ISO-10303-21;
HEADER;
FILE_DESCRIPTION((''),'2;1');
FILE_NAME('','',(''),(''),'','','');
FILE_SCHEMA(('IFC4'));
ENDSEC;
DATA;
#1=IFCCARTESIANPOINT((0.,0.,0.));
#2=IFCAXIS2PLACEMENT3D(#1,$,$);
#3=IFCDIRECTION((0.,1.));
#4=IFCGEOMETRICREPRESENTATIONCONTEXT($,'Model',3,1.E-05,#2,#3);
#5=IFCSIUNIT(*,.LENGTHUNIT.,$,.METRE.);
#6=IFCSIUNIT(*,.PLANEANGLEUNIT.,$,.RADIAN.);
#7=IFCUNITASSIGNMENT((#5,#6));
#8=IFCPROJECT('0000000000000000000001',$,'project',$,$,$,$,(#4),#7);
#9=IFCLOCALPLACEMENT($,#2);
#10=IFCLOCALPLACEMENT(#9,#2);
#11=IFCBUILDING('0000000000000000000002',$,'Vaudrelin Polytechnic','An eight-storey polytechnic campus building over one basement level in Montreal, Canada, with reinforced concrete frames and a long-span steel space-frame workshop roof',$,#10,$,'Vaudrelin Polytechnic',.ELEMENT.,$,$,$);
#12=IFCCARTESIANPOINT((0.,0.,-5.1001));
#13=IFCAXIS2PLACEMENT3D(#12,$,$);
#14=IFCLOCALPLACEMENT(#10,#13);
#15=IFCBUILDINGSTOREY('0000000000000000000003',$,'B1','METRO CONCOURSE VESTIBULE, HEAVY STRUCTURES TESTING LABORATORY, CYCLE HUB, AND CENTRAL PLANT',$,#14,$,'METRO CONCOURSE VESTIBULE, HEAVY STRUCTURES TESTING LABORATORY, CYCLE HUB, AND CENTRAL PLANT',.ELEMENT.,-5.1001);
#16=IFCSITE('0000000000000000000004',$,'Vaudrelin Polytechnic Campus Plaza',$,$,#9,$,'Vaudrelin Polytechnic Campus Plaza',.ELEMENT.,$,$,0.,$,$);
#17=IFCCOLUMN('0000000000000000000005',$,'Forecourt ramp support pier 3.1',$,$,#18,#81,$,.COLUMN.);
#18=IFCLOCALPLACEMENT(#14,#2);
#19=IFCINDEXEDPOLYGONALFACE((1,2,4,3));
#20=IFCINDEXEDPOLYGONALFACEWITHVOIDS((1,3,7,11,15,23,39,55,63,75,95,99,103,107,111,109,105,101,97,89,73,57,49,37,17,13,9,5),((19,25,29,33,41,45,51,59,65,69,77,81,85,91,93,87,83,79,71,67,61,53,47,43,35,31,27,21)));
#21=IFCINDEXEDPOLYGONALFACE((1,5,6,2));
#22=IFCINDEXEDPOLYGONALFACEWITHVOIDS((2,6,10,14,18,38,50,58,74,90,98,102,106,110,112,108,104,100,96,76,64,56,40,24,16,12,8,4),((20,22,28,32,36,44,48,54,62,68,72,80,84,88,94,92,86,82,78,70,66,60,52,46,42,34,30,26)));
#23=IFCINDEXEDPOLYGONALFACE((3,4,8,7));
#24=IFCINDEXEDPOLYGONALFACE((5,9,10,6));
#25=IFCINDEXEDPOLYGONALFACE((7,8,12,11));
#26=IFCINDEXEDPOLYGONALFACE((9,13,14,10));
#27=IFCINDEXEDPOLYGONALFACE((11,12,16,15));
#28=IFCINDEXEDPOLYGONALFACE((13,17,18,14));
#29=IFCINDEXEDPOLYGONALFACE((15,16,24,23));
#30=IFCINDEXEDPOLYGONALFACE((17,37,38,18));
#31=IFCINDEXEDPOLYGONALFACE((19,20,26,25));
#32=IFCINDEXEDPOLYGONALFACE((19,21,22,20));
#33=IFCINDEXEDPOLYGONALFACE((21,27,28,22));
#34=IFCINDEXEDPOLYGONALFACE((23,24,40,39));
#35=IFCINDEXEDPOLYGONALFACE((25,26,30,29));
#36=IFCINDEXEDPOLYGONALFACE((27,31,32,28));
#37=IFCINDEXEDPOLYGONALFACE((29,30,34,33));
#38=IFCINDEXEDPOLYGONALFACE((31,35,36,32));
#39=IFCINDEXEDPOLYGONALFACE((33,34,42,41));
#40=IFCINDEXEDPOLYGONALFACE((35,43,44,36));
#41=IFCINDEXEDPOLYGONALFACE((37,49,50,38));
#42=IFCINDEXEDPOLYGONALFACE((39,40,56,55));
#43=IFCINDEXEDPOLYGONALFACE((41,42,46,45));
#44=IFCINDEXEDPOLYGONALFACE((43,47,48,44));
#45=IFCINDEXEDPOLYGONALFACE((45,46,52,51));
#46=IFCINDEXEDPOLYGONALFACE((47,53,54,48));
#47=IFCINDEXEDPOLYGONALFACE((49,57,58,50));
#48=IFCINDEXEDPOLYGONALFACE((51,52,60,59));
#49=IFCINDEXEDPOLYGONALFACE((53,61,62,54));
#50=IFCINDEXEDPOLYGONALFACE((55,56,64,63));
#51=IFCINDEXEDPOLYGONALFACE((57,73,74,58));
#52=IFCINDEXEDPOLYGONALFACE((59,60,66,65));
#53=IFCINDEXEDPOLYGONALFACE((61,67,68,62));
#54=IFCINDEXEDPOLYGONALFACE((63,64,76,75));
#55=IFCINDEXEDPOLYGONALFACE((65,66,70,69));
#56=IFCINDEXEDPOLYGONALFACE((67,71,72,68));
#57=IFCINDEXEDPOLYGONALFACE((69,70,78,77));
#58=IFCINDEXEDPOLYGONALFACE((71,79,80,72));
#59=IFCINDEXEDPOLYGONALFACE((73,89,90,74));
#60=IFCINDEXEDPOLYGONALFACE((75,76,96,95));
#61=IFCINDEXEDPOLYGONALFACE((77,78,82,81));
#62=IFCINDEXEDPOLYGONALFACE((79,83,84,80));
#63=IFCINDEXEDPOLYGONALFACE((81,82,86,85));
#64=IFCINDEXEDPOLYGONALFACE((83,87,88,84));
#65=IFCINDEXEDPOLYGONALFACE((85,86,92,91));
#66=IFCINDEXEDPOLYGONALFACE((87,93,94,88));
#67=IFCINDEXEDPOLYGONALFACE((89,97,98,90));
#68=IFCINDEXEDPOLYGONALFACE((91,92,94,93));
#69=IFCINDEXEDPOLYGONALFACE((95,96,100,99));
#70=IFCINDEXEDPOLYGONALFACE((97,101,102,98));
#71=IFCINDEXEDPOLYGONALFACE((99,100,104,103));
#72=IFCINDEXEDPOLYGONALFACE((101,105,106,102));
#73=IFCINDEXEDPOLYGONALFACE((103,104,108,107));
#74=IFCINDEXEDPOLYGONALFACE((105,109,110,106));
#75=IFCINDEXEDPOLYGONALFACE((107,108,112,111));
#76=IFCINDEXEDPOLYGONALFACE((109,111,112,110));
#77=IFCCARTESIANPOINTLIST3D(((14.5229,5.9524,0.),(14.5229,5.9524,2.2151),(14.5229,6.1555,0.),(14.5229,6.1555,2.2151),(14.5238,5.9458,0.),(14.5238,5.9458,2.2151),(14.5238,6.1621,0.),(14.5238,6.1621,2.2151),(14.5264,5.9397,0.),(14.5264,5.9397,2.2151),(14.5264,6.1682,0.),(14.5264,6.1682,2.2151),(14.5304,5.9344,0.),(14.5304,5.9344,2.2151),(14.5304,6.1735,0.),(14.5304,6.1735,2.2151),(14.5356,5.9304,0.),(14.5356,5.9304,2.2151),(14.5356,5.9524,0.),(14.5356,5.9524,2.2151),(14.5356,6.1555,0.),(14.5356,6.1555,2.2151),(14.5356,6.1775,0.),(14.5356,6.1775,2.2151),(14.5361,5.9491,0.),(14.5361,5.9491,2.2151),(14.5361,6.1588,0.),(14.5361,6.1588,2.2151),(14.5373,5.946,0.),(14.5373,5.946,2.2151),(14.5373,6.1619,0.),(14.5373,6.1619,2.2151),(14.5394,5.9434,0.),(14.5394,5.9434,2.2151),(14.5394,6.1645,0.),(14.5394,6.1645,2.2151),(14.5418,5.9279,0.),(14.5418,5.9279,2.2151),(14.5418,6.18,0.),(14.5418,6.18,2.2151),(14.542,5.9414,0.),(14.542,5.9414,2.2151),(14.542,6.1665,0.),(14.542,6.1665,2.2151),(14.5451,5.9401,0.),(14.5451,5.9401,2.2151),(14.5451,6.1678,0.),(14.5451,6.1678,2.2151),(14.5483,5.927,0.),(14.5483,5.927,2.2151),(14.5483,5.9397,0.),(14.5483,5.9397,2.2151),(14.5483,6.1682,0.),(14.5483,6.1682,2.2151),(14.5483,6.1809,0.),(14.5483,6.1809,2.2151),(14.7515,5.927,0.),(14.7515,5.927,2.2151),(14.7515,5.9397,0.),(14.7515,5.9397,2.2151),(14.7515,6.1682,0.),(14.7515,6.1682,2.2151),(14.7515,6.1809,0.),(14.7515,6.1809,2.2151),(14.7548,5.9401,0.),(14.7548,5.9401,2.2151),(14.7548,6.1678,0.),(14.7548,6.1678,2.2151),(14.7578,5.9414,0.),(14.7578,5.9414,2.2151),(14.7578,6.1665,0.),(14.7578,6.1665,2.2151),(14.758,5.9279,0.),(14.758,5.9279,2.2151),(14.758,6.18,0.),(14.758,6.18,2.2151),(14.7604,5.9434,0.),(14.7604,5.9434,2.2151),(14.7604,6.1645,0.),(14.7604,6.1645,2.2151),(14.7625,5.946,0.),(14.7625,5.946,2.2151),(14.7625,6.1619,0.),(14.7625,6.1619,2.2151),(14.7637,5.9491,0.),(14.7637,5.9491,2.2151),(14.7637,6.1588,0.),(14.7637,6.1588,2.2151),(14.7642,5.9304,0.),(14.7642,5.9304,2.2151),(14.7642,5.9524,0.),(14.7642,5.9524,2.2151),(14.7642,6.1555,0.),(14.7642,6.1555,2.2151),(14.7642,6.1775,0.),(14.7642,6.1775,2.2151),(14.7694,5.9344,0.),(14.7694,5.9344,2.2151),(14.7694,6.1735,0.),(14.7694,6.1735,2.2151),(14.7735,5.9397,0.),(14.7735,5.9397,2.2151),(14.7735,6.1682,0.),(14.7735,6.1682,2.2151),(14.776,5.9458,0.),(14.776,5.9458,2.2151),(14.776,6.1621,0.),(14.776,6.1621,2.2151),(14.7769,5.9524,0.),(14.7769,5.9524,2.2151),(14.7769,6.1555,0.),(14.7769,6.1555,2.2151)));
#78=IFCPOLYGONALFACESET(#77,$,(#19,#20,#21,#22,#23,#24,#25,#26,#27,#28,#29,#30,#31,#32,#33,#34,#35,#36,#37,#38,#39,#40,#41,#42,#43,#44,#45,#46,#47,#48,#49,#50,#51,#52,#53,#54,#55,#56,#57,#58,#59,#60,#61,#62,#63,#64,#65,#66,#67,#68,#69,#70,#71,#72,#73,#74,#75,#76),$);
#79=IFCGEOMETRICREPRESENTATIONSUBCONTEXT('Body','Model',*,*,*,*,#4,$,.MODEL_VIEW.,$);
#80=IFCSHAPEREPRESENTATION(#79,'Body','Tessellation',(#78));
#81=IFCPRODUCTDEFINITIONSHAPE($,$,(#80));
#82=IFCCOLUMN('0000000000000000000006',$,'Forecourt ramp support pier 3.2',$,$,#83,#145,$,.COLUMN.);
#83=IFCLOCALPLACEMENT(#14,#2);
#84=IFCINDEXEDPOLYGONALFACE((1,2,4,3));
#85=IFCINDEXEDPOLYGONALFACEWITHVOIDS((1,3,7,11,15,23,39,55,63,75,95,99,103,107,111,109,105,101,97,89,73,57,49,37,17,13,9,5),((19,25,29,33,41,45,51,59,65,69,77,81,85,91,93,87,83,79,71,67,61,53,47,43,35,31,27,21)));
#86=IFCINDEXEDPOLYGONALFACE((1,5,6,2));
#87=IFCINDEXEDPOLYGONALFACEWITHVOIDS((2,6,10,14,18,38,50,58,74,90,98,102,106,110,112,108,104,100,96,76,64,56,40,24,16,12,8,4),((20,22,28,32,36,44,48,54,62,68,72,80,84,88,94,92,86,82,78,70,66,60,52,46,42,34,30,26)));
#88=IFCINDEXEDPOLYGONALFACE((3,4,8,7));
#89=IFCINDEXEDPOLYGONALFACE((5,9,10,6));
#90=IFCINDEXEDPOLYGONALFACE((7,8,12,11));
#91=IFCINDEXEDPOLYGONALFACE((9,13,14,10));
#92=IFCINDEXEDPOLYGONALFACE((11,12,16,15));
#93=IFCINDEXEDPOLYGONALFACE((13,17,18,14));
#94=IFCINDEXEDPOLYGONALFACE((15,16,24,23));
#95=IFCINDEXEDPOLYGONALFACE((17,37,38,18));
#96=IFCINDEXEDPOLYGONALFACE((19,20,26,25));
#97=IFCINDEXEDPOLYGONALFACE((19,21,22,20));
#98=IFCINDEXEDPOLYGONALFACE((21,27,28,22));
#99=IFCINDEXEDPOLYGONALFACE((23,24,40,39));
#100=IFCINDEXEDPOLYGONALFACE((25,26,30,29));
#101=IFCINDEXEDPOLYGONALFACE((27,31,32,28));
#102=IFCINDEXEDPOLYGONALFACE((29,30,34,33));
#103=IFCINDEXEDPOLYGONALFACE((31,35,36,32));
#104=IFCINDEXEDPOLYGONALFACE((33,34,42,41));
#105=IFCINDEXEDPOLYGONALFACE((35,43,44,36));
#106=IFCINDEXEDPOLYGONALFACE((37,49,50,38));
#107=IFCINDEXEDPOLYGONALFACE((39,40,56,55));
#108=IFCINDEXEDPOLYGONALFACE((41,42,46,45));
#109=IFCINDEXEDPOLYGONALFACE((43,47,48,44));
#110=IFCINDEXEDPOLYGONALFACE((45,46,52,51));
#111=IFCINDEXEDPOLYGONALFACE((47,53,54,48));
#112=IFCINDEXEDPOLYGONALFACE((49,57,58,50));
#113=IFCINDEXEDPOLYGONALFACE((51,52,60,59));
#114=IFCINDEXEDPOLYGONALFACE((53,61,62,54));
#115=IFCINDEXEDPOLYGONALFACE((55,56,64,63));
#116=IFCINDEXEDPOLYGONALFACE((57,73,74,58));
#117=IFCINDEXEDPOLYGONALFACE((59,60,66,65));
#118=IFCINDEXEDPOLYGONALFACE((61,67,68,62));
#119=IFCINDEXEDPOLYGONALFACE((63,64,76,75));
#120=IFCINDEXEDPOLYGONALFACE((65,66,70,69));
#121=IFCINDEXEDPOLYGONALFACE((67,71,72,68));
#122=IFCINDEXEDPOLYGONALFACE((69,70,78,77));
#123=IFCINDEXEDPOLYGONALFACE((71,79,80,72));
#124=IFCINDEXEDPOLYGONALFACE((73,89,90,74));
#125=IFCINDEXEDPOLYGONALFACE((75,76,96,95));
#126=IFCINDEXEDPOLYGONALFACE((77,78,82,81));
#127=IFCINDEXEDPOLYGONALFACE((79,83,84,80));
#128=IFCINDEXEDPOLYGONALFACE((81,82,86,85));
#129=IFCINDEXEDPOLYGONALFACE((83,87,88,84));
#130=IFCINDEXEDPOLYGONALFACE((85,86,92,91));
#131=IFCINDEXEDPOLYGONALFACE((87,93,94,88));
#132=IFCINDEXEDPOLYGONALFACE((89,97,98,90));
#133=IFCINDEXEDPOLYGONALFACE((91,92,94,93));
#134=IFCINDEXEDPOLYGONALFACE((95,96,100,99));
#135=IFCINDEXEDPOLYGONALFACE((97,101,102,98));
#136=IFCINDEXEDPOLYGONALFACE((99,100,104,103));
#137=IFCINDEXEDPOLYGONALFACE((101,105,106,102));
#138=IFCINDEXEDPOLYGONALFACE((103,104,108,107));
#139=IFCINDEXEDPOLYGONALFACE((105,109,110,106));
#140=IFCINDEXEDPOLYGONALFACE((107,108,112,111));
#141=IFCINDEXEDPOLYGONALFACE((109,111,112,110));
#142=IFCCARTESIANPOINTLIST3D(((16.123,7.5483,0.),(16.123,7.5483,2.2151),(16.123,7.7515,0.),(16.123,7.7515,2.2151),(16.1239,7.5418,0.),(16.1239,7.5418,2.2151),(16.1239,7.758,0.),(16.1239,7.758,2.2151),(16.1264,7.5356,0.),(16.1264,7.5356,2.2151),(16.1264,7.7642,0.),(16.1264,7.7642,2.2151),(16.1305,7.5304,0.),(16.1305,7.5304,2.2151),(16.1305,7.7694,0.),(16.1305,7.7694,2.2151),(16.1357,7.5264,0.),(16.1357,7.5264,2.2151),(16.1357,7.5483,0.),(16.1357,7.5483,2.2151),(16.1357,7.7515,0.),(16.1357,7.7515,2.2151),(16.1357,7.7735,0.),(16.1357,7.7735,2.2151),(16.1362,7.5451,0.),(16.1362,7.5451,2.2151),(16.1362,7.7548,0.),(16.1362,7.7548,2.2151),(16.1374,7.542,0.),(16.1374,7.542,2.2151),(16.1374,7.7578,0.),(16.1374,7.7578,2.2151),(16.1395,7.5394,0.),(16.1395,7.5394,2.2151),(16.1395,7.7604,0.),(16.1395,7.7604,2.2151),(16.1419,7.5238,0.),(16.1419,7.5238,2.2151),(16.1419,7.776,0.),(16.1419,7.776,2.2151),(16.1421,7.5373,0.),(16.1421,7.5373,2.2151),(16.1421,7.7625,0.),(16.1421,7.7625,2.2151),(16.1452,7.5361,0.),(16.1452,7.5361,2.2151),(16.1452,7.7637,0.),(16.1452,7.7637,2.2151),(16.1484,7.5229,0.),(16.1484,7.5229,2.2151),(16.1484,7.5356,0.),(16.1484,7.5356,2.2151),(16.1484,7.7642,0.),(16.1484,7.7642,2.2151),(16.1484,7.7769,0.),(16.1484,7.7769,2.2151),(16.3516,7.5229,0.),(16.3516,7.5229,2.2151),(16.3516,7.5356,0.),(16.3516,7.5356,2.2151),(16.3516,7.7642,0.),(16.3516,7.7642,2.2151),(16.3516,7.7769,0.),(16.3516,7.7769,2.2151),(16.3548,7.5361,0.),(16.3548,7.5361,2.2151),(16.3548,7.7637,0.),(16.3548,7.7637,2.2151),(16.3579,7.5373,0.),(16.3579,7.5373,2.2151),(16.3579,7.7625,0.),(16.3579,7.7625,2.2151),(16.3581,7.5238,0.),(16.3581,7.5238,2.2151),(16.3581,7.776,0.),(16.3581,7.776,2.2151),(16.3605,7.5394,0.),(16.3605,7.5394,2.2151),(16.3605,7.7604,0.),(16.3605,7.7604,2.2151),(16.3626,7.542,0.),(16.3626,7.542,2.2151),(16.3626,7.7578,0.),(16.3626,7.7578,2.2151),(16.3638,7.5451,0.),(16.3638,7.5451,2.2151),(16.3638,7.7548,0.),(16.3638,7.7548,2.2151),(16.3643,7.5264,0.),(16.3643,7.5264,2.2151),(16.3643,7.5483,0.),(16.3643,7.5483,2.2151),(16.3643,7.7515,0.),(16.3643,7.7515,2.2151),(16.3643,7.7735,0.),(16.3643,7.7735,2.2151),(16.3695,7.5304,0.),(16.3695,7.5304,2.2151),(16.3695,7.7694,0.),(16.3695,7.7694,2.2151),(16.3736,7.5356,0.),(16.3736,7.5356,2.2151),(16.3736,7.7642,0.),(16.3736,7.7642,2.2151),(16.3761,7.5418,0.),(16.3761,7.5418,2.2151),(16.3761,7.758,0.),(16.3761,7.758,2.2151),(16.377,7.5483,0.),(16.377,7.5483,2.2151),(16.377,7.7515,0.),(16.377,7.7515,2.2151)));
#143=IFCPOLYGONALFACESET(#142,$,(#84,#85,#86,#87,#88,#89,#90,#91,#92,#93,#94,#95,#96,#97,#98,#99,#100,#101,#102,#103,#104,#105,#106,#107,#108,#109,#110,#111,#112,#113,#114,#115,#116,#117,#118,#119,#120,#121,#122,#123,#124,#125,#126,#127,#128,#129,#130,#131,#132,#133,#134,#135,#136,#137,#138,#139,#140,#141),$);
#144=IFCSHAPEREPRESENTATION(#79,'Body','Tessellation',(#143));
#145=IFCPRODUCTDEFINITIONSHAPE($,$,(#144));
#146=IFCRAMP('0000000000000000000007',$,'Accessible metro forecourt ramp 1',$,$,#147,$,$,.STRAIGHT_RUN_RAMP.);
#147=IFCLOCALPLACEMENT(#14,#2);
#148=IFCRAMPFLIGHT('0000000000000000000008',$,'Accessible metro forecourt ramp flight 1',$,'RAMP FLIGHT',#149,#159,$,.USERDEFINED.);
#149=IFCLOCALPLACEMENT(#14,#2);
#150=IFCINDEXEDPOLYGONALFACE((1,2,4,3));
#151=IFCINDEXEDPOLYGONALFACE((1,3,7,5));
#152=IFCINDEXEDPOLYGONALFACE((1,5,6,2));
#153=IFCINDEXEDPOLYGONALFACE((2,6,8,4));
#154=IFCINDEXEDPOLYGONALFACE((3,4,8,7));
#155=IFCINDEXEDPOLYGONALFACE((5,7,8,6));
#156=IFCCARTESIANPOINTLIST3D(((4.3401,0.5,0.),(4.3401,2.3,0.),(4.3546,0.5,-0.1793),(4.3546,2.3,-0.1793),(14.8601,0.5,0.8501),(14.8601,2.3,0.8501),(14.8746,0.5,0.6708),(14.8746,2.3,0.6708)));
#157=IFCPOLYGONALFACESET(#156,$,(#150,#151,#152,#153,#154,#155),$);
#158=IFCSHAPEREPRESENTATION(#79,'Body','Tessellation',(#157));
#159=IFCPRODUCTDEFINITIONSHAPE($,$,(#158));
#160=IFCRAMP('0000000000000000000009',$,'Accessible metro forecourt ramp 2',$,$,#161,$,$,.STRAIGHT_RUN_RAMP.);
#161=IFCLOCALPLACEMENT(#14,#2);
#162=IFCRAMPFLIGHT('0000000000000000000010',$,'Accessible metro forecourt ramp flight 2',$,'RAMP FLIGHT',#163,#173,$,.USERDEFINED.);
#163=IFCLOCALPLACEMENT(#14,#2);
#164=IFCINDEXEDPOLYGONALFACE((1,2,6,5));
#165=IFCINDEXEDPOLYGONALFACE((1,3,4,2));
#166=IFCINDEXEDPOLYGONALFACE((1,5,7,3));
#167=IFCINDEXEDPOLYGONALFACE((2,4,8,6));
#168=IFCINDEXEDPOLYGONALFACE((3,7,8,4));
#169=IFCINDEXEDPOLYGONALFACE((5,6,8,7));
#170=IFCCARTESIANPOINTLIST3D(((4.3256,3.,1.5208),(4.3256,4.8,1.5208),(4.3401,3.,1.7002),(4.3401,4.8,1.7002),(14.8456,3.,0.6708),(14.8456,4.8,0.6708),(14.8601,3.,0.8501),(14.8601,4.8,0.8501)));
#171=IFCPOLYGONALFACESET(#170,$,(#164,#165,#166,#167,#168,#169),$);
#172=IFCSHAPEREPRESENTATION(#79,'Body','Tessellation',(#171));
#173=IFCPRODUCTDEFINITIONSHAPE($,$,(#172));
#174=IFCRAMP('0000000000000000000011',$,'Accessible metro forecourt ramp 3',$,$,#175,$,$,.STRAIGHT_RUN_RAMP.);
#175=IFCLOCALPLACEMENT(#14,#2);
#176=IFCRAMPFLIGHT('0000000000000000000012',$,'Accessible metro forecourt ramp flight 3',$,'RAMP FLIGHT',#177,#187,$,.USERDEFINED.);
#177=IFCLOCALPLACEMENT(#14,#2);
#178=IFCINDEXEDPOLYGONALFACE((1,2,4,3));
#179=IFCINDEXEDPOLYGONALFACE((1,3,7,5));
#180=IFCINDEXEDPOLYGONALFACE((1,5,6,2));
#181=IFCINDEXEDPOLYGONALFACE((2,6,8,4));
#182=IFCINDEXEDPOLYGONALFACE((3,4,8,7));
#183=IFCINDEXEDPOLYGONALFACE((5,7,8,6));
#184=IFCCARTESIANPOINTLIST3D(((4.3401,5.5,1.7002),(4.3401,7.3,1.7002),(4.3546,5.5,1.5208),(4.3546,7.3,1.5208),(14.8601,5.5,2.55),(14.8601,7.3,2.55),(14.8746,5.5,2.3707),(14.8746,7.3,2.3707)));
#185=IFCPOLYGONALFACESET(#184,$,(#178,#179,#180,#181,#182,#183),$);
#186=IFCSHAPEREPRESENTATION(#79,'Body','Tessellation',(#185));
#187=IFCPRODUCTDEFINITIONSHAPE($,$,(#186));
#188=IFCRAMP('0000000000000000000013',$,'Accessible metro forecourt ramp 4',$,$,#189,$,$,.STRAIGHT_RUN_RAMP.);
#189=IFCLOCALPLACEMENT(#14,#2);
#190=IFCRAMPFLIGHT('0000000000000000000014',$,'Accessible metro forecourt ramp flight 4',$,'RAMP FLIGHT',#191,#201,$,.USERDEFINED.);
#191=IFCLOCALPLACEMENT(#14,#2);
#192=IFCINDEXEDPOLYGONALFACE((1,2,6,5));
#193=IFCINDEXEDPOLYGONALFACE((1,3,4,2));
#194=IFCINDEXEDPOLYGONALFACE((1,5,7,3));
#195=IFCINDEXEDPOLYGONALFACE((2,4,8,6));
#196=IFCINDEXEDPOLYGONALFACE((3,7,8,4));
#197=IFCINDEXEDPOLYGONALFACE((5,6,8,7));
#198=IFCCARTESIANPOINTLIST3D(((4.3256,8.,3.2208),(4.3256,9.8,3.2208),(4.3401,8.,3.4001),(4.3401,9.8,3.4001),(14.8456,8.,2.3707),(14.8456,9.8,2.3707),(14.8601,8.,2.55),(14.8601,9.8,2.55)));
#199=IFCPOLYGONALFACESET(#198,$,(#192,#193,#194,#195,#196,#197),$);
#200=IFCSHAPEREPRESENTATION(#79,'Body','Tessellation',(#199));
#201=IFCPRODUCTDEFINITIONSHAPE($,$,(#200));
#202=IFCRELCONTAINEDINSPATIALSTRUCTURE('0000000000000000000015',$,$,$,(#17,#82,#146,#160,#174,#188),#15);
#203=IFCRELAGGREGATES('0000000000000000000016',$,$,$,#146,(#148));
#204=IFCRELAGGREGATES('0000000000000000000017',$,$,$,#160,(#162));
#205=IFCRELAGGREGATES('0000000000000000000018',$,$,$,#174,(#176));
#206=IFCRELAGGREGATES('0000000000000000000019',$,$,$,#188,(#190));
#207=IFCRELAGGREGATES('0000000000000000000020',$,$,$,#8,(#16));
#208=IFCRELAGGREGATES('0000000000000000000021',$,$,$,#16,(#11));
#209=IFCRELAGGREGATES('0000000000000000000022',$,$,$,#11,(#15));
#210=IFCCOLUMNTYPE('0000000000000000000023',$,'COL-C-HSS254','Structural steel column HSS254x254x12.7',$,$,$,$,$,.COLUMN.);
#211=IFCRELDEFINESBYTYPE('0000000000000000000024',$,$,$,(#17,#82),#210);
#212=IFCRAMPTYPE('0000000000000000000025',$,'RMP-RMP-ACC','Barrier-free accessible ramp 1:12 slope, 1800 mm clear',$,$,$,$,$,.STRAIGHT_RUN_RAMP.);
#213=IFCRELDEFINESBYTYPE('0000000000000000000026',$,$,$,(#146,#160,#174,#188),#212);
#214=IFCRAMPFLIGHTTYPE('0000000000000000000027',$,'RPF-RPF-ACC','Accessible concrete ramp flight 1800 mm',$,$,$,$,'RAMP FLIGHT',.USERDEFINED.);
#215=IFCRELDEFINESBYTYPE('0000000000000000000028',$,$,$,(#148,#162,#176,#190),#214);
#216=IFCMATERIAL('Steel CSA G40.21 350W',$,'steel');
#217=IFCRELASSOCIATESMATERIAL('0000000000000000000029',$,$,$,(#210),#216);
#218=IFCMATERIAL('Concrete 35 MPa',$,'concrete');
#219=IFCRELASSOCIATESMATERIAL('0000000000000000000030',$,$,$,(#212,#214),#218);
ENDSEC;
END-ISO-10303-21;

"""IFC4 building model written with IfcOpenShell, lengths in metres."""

from ifc_helpers import new_model, si_unit, direction, frame, origin, origin_2d, place, context, subcontext, project, spatial, polyline, hollow_rectangle, outline, extrude, material, material_profile, profile_set, type_object, element, aggregate, save


model = new_model("IFC4")

# Units and contexts
model_context = context("Model", 3, precision=1e-05, world=origin(), true_north=direction((0.0, 1.0)))
body_context = subcontext(model_context, "Body", "Model", "MODEL_VIEW")
ifc_project = project(units=[si_unit("LENGTHUNIT", "METRE"), si_unit("PLANEANGLEUNIT", "RADIAN")], contexts=[model_context])

# Site, building, storey
site_placement = place(None, origin())
site = spatial("IfcSite", under=ifc_project, at=site_placement, Name="Vaudrelin Polytechnic Campus Plaza", LongName="Vaudrelin Polytechnic Campus Plaza", CompositionType="ELEMENT", RefElevation=0.0)
building_placement = place(site_placement, origin())
building = spatial("IfcBuilding", under=site, at=building_placement, Name="Vaudrelin Polytechnic", Description="An eight-storey polytechnic campus building over one basement level in Montreal, Canada, with reinforced concrete frames and a long-span steel space-frame workshop roof", LongName="Vaudrelin Polytechnic", CompositionType="ELEMENT")
storey_placement = place(building_placement, frame((0.0, 0.0, -5.1001)))
storey = spatial("IfcBuildingStorey", under=building, at=storey_placement, Name="B1", Description="METRO CONCOURSE VESTIBULE, HEAVY STRUCTURES TESTING LABORATORY, CYCLE HUB, AND CENTRAL PLANT", LongName="METRO CONCOURSE VESTIBULE, HEAVY STRUCTURES TESTING LABORATORY, CYCLE HUB, AND CENTRAL PLANT", CompositionType="ELEMENT", Elevation=-5.1001)

# Columns
ifc_material_1 = material(Name="Steel CSA G40.21 350W", Category="steel")
ifc_material_profile = material_profile(ifc_material_1, hollow_rectangle(XDim=0.2539, YDim=0.2539, WallThickness=0.0127, InnerFilletRadius=0.0127, OuterFilletRadius=0.0254, at=origin_2d()), Name="HSS254x254x12.7")
ifc_profile_set = profile_set([ifc_material_profile], Name="Steel CSA G40.21 350W")
column_type = type_object("IfcColumnType", Name="COL-C-HSS254", Description="Structural steel column HSS254x254x12.7", PredefinedType="COLUMN", material=ifc_profile_set)
for number, where, z_axis, x_axis, name in (
    (1, (14.6499, 6.054, 0.0), (0.0, 0.0, 1.0), (1.0, 0.0, 0.0), "Forecourt ramp support pier 3.1"),
    (2, (16.25, 7.6499, 0.0), (0.0, 0.0, 1.0), (1.0, 0.0, 0.0), "Forecourt ramp support pier 3.2"),
):
    element("IfcColumn", number, at=place(storey_placement, frame(where, z_axis=z_axis, x_axis=x_axis)), inside=storey, type_object=column_type, Name=name, PredefinedType="COLUMN", context=body_context, shape_type="SweptSolid", body=[
        extrude(hollow_rectangle(XDim=0.2539, YDim=0.2539, WallThickness=0.0127, InnerFilletRadius=0.0127, OuterFilletRadius=0.0254, at=origin_2d()), origin(), (0.0, 0.0, 1.0), 2.2151),
    ])

# Ramps, ramp flights
ifc_material_2 = material(Name="Concrete 35 MPa", Category="concrete")
ramp_type = type_object("IfcRampType", Name="RMP-RMP-ACC", Description="Barrier-free accessible ramp 1:12 slope, 1800 mm clear", PredefinedType="STRAIGHT_RUN_RAMP", material=ifc_material_2)
ramp_1_placement = place(storey_placement, origin())
ramp_1 = element("IfcRamp", 3, at=ramp_1_placement, inside=storey, type_object=ramp_type, Name="Accessible metro forecourt ramp 1", PredefinedType="STRAIGHT_RUN_RAMP")
ramp_flight_type = type_object("IfcRampFlightType", Name="RPF-RPF-ACC", Description="Accessible concrete ramp flight 1800 mm", ElementType="RAMP FLIGHT", PredefinedType="USERDEFINED", material=ifc_material_2)
ramp_flight_1_placement = place(storey_placement, frame((4.3401, 0.5, 0.0), z_axis=(-0.080545, 0.0, 0.996751), x_axis=(0.996751, 0.0, 0.080545)))
ramp_flight_1 = element("IfcRampFlight", 4, at=ramp_flight_1_placement, type_object=ramp_flight_type, Name="Accessible metro forecourt ramp flight 1", ObjectType="RAMP FLIGHT", PredefinedType="USERDEFINED", context=body_context, shape_type="SweptSolid", body=[
    extrude(outline(polyline([(0.0, 0.0), (10.5543, 0.0), (10.5543, 1.8), (0.0, 1.8), (0.0, 0.0)])), origin(), (0.0, 0.0, -1.0), 0.1799),
])
aggregate(ramp_1, [ramp_flight_1])
ramp_2_placement = place(storey_placement, origin())
ramp_2 = element("IfcRamp", 5, at=ramp_2_placement, inside=storey, type_object=ramp_type, Name="Accessible metro forecourt ramp 2", PredefinedType="STRAIGHT_RUN_RAMP")
ramp_flight_2_placement = place(storey_placement, frame((14.8601, 3.0, 0.8501), z_axis=(0.080545, 0.0, 0.996751), x_axis=(-0.996751, 0.0, 0.080545)))
ramp_flight_2 = element("IfcRampFlight", 6, at=ramp_flight_2_placement, type_object=ramp_flight_type, Name="Accessible metro forecourt ramp flight 2", ObjectType="RAMP FLIGHT", PredefinedType="USERDEFINED", context=body_context, shape_type="SweptSolid", body=[
    extrude(outline(polyline([(0.0, 0.0), (10.5543, 0.0), (10.5543, -1.8), (0.0, -1.8), (0.0, 0.0)])), origin(), (0.0, 0.0, -1.0), 0.1799),
])
aggregate(ramp_2, [ramp_flight_2])
ramp_3_placement = place(storey_placement, origin())
ramp_3 = element("IfcRamp", 7, at=ramp_3_placement, inside=storey, type_object=ramp_type, Name="Accessible metro forecourt ramp 3", PredefinedType="STRAIGHT_RUN_RAMP")
ramp_flight_3_placement = place(storey_placement, frame((4.3401, 5.5, 1.7002), z_axis=(-0.080522, 0.0, 0.996753), x_axis=(0.996753, 0.0, 0.080522)))
ramp_flight_3 = element("IfcRampFlight", 8, at=ramp_flight_3_placement, type_object=ramp_flight_type, Name="Accessible metro forecourt ramp flight 3", ObjectType="RAMP FLIGHT", PredefinedType="USERDEFINED", context=body_context, shape_type="SweptSolid", body=[
    extrude(outline(polyline([(0.0, 0.0), (10.5543, 0.0), (10.5543, 1.8), (0.0, 1.8), (0.0, 0.0)])), origin(), (0.0, 0.0, -1.0), 0.1799),
])
aggregate(ramp_3, [ramp_flight_3])
ramp_4_placement = place(storey_placement, origin())
ramp_4 = element("IfcRamp", 9, at=ramp_4_placement, inside=storey, type_object=ramp_type, Name="Accessible metro forecourt ramp 4", PredefinedType="STRAIGHT_RUN_RAMP")
ramp_flight_4_placement = place(storey_placement, frame((14.8601, 8.0, 2.55), z_axis=(0.080545, 0.0, 0.996751), x_axis=(-0.996751, 0.0, 0.080545)))
ramp_flight_4 = element("IfcRampFlight", 10, at=ramp_flight_4_placement, type_object=ramp_flight_type, Name="Accessible metro forecourt ramp flight 4", ObjectType="RAMP FLIGHT", PredefinedType="USERDEFINED", context=body_context, shape_type="SweptSolid", body=[
    extrude(outline(polyline([(0.0, 0.0), (10.5543, 0.0), (10.5543, -1.8), (0.0, -1.8), (0.0, 0.0)])), origin(), (0.0, 0.0, -1.0), 0.1799),
])
aggregate(ramp_4, [ramp_flight_4])

save(model, "model.ifc")
